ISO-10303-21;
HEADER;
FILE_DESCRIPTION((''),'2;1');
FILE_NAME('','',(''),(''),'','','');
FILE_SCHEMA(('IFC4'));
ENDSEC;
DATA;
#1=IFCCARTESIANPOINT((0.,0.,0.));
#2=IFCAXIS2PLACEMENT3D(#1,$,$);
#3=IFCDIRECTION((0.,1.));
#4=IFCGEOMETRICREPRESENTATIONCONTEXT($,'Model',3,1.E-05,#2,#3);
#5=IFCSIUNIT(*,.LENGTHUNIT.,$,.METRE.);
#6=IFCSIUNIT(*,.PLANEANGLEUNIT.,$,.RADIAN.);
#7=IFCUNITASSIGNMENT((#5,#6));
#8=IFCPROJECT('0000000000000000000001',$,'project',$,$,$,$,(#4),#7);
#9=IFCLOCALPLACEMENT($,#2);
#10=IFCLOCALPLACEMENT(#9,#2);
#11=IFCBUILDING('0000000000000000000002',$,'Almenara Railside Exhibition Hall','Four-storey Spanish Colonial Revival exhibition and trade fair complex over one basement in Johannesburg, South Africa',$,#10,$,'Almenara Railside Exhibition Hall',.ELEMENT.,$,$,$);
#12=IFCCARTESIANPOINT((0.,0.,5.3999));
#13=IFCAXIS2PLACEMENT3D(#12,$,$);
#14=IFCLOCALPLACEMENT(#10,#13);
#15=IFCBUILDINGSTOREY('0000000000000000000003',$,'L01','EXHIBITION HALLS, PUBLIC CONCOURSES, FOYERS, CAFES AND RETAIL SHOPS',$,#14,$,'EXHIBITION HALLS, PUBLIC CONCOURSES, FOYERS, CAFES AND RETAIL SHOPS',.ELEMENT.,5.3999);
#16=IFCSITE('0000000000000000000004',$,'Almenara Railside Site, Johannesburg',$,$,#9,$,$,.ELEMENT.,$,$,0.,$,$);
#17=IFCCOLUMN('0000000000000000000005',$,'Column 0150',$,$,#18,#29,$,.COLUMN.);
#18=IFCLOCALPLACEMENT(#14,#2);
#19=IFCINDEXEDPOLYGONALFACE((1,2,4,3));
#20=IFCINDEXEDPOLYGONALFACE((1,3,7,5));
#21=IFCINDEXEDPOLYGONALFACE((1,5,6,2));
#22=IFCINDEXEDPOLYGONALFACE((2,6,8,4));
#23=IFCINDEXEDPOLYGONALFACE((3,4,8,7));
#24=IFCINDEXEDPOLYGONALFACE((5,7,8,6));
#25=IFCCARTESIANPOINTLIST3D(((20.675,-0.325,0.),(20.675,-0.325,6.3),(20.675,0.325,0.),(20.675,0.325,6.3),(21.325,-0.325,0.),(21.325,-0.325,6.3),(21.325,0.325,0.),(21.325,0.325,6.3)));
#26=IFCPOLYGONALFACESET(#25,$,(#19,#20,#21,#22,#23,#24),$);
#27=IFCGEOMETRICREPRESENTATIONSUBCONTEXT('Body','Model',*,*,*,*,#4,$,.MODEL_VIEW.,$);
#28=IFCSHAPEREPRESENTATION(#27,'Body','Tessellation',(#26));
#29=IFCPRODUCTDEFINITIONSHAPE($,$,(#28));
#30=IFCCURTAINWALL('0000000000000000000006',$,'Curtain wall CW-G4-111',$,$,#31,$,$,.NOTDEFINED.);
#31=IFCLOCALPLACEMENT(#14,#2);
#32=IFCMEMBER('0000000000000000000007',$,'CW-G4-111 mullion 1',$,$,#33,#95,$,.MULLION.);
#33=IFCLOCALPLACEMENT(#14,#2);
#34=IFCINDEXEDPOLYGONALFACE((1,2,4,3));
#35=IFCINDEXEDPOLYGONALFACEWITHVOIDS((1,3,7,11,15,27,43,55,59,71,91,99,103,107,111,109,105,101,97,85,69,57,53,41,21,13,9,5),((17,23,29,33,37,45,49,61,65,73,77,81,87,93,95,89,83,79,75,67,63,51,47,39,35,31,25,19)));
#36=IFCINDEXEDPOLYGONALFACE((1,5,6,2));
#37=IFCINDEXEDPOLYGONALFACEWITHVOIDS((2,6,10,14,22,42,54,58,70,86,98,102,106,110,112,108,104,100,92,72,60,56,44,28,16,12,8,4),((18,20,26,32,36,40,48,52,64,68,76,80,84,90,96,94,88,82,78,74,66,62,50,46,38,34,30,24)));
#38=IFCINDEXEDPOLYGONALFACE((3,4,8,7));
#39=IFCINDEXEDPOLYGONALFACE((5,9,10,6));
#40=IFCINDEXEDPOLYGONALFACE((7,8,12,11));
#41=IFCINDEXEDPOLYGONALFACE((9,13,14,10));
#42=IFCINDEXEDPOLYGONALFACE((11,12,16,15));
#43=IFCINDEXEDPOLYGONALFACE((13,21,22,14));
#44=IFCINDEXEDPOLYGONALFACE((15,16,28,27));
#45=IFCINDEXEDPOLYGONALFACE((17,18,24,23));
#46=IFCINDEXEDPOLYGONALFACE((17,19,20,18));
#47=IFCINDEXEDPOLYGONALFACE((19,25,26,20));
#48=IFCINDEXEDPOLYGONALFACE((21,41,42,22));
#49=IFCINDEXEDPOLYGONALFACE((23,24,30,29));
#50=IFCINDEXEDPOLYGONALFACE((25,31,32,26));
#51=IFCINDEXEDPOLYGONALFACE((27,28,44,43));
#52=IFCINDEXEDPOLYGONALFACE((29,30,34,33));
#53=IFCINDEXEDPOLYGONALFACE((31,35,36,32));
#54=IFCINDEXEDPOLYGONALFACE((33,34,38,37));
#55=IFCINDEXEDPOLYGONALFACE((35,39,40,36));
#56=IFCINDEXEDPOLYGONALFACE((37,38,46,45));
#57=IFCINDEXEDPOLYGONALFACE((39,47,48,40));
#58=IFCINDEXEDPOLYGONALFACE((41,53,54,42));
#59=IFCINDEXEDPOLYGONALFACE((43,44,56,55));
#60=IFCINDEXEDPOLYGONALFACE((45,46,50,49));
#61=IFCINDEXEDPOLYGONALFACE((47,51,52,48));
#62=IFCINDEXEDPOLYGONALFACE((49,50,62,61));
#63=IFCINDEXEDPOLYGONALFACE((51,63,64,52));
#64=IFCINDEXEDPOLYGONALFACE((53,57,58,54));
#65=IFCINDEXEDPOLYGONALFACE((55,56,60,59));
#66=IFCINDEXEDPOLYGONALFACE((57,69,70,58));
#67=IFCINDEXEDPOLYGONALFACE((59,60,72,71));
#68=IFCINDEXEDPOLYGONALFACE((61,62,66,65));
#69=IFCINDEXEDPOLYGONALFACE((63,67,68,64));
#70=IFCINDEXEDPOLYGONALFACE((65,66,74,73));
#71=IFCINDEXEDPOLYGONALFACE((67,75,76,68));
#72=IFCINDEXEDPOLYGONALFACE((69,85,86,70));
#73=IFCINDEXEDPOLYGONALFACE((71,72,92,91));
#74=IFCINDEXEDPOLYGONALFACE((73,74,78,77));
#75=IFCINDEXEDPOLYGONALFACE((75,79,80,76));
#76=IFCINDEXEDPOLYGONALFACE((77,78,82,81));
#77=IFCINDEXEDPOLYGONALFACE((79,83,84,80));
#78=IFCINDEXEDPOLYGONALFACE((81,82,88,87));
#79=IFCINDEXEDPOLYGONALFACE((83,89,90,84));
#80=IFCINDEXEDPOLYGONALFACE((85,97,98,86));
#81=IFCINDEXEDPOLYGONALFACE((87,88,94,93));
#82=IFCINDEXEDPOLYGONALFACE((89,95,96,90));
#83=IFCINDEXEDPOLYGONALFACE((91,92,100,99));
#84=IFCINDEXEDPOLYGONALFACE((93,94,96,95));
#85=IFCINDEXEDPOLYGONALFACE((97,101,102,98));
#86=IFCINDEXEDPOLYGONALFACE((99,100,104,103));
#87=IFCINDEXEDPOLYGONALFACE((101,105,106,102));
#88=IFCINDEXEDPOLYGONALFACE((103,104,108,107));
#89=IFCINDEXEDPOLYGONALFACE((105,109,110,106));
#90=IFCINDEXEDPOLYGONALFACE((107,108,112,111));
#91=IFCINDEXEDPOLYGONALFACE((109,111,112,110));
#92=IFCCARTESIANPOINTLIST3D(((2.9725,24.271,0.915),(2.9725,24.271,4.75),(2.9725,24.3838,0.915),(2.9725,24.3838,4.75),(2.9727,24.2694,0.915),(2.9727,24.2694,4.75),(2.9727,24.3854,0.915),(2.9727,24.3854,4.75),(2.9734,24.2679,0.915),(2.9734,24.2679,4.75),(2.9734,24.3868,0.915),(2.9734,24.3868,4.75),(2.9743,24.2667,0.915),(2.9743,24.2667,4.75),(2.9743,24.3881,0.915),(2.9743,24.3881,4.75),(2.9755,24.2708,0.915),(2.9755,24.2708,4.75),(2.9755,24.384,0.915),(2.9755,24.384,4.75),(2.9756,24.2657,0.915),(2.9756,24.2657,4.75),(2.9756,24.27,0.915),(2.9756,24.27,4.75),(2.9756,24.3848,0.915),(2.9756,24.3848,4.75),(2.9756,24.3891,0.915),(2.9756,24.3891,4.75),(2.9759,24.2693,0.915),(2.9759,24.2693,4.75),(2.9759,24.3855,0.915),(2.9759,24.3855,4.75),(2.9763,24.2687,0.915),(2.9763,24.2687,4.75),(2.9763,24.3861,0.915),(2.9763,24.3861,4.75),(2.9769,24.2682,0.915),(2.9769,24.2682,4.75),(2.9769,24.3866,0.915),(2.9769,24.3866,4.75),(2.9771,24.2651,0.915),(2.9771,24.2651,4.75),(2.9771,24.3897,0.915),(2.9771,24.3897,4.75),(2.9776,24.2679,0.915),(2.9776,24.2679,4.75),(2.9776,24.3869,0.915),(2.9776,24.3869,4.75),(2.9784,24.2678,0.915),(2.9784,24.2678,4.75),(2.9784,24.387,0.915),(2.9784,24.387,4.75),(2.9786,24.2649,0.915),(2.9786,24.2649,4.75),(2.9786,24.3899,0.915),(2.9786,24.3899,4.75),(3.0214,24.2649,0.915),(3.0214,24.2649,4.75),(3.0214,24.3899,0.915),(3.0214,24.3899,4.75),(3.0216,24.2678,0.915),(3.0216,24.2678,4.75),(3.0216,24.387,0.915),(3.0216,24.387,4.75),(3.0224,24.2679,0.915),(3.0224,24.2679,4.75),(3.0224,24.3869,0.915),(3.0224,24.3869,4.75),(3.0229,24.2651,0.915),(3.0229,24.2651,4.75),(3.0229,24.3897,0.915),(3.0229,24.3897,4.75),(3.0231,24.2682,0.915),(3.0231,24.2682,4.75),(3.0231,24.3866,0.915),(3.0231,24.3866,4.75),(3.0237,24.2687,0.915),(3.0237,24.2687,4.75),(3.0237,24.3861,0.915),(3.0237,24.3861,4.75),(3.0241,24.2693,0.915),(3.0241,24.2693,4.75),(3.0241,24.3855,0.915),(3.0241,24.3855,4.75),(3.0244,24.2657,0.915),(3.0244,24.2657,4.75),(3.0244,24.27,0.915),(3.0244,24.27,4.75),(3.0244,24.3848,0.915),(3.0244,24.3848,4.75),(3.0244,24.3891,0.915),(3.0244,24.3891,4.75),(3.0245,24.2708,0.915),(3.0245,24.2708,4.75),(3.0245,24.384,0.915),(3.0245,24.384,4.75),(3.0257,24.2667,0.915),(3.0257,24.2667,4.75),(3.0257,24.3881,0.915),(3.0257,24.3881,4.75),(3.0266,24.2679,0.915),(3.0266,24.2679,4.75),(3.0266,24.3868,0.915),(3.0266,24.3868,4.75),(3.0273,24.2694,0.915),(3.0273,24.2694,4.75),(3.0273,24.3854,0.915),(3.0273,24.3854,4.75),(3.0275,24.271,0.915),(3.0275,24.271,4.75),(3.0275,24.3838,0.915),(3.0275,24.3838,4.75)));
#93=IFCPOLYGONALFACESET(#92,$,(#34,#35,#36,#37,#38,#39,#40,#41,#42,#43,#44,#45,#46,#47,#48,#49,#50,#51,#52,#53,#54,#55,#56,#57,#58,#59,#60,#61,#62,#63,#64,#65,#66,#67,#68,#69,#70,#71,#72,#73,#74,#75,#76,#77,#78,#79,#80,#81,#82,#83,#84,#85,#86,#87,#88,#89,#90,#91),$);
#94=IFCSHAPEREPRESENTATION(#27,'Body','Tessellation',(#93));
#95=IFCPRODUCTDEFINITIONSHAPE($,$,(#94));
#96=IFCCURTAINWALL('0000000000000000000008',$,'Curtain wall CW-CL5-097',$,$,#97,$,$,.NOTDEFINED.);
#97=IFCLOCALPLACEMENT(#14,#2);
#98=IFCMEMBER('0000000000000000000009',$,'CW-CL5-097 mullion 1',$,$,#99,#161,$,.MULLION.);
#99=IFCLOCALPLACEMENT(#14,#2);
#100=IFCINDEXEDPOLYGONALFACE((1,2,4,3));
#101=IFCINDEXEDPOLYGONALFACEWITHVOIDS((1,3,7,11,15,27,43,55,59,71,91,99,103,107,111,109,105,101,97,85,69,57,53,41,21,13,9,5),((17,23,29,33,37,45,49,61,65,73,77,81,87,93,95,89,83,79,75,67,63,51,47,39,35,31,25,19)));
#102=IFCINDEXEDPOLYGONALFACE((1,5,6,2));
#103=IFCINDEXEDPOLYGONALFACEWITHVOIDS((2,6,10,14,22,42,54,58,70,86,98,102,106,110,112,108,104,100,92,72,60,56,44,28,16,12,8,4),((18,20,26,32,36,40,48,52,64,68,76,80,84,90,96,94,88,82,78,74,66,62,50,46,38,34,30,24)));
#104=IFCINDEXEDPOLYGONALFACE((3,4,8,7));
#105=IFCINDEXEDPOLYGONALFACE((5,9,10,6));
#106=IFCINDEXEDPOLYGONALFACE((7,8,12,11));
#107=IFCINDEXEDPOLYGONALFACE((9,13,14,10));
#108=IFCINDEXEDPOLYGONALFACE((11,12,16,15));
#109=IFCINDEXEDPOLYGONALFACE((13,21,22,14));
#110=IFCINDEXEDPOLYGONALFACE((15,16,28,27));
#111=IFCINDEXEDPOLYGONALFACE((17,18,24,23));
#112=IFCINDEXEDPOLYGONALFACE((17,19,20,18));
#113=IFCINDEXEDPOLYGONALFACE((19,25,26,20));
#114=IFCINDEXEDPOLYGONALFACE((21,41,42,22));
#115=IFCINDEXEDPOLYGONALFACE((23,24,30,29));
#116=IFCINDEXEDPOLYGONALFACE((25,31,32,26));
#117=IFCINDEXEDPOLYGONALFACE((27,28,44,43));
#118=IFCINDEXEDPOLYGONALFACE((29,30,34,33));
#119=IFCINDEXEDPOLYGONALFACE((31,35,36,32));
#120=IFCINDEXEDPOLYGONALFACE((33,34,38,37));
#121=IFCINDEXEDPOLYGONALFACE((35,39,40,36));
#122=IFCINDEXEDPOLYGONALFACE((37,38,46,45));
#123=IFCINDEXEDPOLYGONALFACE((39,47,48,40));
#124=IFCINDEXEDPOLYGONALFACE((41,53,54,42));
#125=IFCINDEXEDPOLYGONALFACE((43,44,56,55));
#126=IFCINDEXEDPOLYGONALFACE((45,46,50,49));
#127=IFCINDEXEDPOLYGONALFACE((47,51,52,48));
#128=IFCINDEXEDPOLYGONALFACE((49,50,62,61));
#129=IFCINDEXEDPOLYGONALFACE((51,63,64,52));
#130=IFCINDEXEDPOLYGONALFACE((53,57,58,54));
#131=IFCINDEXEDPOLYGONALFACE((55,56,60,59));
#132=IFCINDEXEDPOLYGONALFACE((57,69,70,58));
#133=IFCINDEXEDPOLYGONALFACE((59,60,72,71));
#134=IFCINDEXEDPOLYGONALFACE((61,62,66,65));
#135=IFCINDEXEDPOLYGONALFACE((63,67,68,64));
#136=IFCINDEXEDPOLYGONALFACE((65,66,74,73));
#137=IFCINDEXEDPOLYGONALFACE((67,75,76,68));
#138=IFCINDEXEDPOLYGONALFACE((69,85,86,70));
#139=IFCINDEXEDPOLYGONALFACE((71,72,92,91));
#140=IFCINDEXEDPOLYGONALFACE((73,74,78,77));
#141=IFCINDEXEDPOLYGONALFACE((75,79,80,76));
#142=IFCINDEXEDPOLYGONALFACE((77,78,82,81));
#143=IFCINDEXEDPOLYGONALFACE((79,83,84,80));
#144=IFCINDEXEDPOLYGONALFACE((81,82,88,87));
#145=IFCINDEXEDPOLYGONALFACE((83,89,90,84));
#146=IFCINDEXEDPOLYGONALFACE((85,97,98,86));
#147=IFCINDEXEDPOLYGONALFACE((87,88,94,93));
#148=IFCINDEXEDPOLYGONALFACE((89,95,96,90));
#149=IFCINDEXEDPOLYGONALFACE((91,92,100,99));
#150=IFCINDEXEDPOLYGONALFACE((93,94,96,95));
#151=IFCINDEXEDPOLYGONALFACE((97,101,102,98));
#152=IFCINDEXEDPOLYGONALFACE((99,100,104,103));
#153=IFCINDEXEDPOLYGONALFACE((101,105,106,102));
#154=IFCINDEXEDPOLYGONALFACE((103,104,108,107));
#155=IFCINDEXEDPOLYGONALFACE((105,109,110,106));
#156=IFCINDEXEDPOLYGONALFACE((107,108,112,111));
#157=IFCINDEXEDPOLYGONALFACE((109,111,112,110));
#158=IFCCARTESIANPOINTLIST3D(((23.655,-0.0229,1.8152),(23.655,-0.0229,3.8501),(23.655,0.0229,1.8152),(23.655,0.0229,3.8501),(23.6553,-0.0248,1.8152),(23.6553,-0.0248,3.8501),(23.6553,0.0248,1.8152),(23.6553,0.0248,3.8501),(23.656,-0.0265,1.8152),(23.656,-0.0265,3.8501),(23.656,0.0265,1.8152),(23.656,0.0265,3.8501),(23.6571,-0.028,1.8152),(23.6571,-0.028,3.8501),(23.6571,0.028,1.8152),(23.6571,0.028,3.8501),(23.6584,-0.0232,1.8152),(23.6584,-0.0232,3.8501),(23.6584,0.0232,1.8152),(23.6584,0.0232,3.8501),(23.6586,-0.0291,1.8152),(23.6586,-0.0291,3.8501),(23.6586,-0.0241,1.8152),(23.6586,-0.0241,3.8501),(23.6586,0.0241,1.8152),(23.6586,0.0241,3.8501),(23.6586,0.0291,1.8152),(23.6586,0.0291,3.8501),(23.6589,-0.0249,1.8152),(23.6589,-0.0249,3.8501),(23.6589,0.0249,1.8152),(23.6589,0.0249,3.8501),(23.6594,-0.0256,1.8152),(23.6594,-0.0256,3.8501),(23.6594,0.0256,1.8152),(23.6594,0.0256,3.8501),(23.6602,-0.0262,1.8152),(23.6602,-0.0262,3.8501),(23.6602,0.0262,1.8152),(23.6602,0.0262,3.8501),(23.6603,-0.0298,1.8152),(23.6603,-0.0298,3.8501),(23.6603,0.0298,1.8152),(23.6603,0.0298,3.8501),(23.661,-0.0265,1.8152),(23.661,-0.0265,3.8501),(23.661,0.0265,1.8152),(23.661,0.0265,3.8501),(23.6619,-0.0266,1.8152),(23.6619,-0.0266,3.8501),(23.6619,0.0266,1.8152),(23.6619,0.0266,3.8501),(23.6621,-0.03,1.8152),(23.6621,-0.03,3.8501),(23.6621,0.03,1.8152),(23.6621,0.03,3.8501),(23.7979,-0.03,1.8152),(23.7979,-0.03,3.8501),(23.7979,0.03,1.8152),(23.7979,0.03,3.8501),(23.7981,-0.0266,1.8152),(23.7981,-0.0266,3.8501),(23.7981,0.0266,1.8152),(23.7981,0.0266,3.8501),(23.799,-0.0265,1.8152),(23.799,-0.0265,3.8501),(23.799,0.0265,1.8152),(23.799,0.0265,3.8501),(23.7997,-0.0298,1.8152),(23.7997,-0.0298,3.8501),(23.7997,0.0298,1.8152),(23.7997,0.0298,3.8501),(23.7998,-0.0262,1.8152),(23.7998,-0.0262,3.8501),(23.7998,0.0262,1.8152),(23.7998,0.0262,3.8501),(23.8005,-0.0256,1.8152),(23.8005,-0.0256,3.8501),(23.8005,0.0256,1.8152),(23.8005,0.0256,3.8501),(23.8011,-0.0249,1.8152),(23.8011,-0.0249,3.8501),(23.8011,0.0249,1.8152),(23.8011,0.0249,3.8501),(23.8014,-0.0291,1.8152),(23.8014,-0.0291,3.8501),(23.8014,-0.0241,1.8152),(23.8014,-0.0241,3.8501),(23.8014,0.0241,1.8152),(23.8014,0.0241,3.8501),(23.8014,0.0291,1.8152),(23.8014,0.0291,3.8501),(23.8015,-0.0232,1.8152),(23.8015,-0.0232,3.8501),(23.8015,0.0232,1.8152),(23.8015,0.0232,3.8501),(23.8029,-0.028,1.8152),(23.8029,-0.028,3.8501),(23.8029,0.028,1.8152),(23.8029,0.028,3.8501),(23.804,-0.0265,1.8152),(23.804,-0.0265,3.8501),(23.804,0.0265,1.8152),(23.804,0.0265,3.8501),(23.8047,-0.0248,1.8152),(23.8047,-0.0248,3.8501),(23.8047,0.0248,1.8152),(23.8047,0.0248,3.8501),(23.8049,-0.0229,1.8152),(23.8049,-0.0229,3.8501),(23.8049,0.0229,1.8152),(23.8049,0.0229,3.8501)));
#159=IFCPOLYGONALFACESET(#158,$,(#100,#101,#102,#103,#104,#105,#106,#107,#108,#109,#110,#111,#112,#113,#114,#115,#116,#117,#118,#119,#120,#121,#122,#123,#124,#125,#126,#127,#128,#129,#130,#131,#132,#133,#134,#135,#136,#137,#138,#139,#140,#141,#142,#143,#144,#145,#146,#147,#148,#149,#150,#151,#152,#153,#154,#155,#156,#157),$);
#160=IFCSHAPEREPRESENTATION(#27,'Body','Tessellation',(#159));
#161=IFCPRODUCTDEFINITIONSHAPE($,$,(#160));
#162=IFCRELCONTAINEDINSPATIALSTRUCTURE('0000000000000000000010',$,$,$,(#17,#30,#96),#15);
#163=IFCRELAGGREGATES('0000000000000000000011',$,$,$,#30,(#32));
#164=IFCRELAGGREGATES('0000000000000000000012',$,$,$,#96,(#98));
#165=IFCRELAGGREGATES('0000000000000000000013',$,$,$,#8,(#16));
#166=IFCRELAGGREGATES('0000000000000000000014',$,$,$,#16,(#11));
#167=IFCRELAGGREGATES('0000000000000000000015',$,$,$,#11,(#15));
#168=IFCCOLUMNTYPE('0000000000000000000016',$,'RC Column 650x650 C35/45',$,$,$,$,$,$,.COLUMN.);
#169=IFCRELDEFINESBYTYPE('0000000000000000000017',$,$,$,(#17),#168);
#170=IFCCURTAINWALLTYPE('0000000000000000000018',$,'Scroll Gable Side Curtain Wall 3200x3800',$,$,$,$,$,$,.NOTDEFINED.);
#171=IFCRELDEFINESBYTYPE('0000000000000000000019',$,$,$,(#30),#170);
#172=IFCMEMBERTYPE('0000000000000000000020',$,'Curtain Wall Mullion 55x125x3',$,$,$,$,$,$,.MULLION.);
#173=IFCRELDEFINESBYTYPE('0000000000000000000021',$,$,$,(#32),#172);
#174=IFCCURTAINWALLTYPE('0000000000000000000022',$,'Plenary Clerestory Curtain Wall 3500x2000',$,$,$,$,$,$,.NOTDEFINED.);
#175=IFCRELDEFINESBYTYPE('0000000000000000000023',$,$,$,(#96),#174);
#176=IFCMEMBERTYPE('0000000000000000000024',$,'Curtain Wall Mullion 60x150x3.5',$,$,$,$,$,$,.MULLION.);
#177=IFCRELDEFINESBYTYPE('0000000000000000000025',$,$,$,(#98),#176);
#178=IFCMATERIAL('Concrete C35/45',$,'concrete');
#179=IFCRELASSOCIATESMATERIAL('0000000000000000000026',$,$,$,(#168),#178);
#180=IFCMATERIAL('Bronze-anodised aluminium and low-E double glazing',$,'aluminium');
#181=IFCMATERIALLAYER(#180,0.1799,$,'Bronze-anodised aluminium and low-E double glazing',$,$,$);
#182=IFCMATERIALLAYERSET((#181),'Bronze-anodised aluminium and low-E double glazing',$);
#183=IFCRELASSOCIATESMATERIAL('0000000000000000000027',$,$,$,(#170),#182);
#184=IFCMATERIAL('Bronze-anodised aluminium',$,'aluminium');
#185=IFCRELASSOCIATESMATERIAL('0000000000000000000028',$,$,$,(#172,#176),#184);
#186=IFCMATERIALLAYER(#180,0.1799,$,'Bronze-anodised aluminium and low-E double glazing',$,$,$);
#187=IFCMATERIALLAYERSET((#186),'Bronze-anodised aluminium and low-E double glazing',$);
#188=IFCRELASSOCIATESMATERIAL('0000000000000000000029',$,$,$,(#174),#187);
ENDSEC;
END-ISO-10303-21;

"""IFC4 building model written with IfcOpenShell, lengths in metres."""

from ifc_helpers import new_model, si_unit, direction, frame, origin, origin_2d, place, context, subcontext, project, spatial, rectangle, hollow_rectangle, extrude, material, layer, layer_set, material_profile, profile_set, type_object, element, aggregate, save


model = new_model("IFC4")

# Units and contexts
model_context = context("Model", 3, precision=1e-05, world=origin(), true_north=direction((0.0, 1.0)))
body_context = subcontext(model_context, "Body", "Model", "MODEL_VIEW")
ifc_project = project(units=[si_unit("LENGTHUNIT", "METRE"), si_unit("PLANEANGLEUNIT", "RADIAN")], contexts=[model_context])

# Site, building, storey
site_placement = place(None, origin())
site = spatial("IfcSite", under=ifc_project, at=site_placement, Name="Almenara Railside Site, Johannesburg", CompositionType="ELEMENT", RefElevation=0.0)
building_placement = place(site_placement, origin())
building = spatial("IfcBuilding", under=site, at=building_placement, Name="Almenara Railside Exhibition Hall", Description="Four-storey Spanish Colonial Revival exhibition and trade fair complex over one basement in Johannesburg, South Africa", LongName="Almenara Railside Exhibition Hall", CompositionType="ELEMENT")
storey_placement = place(building_placement, frame((0.0, 0.0, 5.3999)))
storey = spatial("IfcBuildingStorey", under=building, at=storey_placement, Name="L01", Description="EXHIBITION HALLS, PUBLIC CONCOURSES, FOYERS, CAFES AND RETAIL SHOPS", LongName="EXHIBITION HALLS, PUBLIC CONCOURSES, FOYERS, CAFES AND RETAIL SHOPS", CompositionType="ELEMENT", Elevation=5.3999)

# Column
ifc_material_1 = material(Name="Concrete C35/45", Category="concrete")
ifc_material_profile_1 = material_profile(ifc_material_1, rectangle(XDim=0.6499, YDim=0.6499, at=origin_2d()), Name="RC 650x650")
ifc_profile_set_1 = profile_set([ifc_material_profile_1], Name="Concrete C35/45")
column_type = type_object("IfcColumnType", Name="RC Column 650x650 C35/45", PredefinedType="COLUMN", material=ifc_profile_set_1)
column_placement = place(storey_placement, frame((21.0, 0.0, 0.0), z_axis=(0.0, 0.0, 1.0), x_axis=(1.0, 0.0, 0.0)))
element("IfcColumn", 1, at=column_placement, inside=storey, type_object=column_type, Name="Column 0150", PredefinedType="COLUMN", context=body_context, shape_type="SweptSolid", body=[
    extrude(rectangle(XDim=0.6499, YDim=0.6499, at=origin_2d()), origin(), (0.0, 0.0, 1.0), 6.3),
])

# Curtain walls, members
ifc_material_2 = material(Name="Bronze-anodised aluminium and low-E double glazing", Category="aluminium")
ifc_layer_1 = layer(ifc_material_2, 0.1799, Name="Bronze-anodised aluminium and low-E double glazing")
ifc_layer_set_1 = layer_set([ifc_layer_1], Name="Bronze-anodised aluminium and low-E double glazing")
curtain_wall_type_1 = type_object("IfcCurtainWallType", Name="Scroll Gable Side Curtain Wall 3200x3800", PredefinedType="NOTDEFINED", material=ifc_layer_set_1)
curtain_wall_1_placement = place(storey_placement, origin())
curtain_wall_1 = element("IfcCurtainWall", 2, at=curtain_wall_1_placement, inside=storey, type_object=curtain_wall_type_1, Name="Curtain wall CW-G4-111", PredefinedType="NOTDEFINED")
ifc_material_3 = material(Name="Bronze-anodised aluminium", Category="aluminium")
ifc_material_profile_2 = material_profile(ifc_material_3, hollow_rectangle(XDim=0.0549, YDim=0.125, WallThickness=0.0029, InnerFilletRadius=0.0029, OuterFilletRadius=0.0061, at=origin_2d()), Name="ALU-MUL 55x125x3")
ifc_profile_set_2 = profile_set([ifc_material_profile_2], Name="Bronze-anodised aluminium")
member_type_1 = type_object("IfcMemberType", Name="Curtain Wall Mullion 55x125x3", PredefinedType="MULLION", material=ifc_profile_set_2)
member_1_placement = place(storey_placement, frame((3.0, 24.3274, 0.915), z_axis=(0.0, 0.0, 1.0), x_axis=(-1.0, 0.0, 0.0)))
member_1 = element("IfcMember", 3, at=member_1_placement, type_object=member_type_1, Name="CW-G4-111 mullion 1", PredefinedType="MULLION", context=body_context, shape_type="SweptSolid", body=[
    extrude(hollow_rectangle(XDim=0.0549, YDim=0.125, WallThickness=0.0029, InnerFilletRadius=0.0029, OuterFilletRadius=0.0061, at=origin_2d()), origin(), (0.0, 0.0, 1.0), 3.835),
])
ifc_layer_2 = layer(ifc_material_2, 0.1799, Name="Bronze-anodised aluminium and low-E double glazing")
ifc_layer_set_2 = layer_set([ifc_layer_2], Name="Bronze-anodised aluminium and low-E double glazing")
curtain_wall_type_2 = type_object("IfcCurtainWallType", Name="Plenary Clerestory Curtain Wall 3500x2000", PredefinedType="NOTDEFINED", material=ifc_layer_set_2)
curtain_wall_2_placement = place(storey_placement, origin())
curtain_wall_2 = element("IfcCurtainWall", 4, at=curtain_wall_2_placement, inside=storey, type_object=curtain_wall_type_2, Name="Curtain wall CW-CL5-097", PredefinedType="NOTDEFINED")
ifc_material_profile_3 = material_profile(ifc_material_3, hollow_rectangle(XDim=0.0601, YDim=0.1499, WallThickness=0.0034, InnerFilletRadius=0.0034, OuterFilletRadius=0.0071, at=origin_2d()), Name="ALU-MUL 60x150x3.5")
ifc_profile_set_3 = profile_set([ifc_material_profile_3], Name="Bronze-anodised aluminium")
member_type_2 = type_object("IfcMemberType", Name="Curtain Wall Mullion 60x150x3.5", PredefinedType="MULLION", material=ifc_profile_set_3)
member_2_placement = place(storey_placement, frame((23.73, 0.0, 1.8152), z_axis=(0.0, 0.0, 1.0), x_axis=(0.0, 1.0, 0.0)))
member_2 = element("IfcMember", 5, at=member_2_placement, type_object=member_type_2, Name="CW-CL5-097 mullion 1", PredefinedType="MULLION", context=body_context, shape_type="SweptSolid", body=[
    extrude(hollow_rectangle(XDim=0.0601, YDim=0.1499, WallThickness=0.0034, InnerFilletRadius=0.0034, OuterFilletRadius=0.0071, at=origin_2d()), origin(), (0.0, 0.0, 1.0), 2.0349),
])

aggregate(curtain_wall_1, [member_1])
aggregate(curtain_wall_2, [member_2])

save(model, "model.ifc")
